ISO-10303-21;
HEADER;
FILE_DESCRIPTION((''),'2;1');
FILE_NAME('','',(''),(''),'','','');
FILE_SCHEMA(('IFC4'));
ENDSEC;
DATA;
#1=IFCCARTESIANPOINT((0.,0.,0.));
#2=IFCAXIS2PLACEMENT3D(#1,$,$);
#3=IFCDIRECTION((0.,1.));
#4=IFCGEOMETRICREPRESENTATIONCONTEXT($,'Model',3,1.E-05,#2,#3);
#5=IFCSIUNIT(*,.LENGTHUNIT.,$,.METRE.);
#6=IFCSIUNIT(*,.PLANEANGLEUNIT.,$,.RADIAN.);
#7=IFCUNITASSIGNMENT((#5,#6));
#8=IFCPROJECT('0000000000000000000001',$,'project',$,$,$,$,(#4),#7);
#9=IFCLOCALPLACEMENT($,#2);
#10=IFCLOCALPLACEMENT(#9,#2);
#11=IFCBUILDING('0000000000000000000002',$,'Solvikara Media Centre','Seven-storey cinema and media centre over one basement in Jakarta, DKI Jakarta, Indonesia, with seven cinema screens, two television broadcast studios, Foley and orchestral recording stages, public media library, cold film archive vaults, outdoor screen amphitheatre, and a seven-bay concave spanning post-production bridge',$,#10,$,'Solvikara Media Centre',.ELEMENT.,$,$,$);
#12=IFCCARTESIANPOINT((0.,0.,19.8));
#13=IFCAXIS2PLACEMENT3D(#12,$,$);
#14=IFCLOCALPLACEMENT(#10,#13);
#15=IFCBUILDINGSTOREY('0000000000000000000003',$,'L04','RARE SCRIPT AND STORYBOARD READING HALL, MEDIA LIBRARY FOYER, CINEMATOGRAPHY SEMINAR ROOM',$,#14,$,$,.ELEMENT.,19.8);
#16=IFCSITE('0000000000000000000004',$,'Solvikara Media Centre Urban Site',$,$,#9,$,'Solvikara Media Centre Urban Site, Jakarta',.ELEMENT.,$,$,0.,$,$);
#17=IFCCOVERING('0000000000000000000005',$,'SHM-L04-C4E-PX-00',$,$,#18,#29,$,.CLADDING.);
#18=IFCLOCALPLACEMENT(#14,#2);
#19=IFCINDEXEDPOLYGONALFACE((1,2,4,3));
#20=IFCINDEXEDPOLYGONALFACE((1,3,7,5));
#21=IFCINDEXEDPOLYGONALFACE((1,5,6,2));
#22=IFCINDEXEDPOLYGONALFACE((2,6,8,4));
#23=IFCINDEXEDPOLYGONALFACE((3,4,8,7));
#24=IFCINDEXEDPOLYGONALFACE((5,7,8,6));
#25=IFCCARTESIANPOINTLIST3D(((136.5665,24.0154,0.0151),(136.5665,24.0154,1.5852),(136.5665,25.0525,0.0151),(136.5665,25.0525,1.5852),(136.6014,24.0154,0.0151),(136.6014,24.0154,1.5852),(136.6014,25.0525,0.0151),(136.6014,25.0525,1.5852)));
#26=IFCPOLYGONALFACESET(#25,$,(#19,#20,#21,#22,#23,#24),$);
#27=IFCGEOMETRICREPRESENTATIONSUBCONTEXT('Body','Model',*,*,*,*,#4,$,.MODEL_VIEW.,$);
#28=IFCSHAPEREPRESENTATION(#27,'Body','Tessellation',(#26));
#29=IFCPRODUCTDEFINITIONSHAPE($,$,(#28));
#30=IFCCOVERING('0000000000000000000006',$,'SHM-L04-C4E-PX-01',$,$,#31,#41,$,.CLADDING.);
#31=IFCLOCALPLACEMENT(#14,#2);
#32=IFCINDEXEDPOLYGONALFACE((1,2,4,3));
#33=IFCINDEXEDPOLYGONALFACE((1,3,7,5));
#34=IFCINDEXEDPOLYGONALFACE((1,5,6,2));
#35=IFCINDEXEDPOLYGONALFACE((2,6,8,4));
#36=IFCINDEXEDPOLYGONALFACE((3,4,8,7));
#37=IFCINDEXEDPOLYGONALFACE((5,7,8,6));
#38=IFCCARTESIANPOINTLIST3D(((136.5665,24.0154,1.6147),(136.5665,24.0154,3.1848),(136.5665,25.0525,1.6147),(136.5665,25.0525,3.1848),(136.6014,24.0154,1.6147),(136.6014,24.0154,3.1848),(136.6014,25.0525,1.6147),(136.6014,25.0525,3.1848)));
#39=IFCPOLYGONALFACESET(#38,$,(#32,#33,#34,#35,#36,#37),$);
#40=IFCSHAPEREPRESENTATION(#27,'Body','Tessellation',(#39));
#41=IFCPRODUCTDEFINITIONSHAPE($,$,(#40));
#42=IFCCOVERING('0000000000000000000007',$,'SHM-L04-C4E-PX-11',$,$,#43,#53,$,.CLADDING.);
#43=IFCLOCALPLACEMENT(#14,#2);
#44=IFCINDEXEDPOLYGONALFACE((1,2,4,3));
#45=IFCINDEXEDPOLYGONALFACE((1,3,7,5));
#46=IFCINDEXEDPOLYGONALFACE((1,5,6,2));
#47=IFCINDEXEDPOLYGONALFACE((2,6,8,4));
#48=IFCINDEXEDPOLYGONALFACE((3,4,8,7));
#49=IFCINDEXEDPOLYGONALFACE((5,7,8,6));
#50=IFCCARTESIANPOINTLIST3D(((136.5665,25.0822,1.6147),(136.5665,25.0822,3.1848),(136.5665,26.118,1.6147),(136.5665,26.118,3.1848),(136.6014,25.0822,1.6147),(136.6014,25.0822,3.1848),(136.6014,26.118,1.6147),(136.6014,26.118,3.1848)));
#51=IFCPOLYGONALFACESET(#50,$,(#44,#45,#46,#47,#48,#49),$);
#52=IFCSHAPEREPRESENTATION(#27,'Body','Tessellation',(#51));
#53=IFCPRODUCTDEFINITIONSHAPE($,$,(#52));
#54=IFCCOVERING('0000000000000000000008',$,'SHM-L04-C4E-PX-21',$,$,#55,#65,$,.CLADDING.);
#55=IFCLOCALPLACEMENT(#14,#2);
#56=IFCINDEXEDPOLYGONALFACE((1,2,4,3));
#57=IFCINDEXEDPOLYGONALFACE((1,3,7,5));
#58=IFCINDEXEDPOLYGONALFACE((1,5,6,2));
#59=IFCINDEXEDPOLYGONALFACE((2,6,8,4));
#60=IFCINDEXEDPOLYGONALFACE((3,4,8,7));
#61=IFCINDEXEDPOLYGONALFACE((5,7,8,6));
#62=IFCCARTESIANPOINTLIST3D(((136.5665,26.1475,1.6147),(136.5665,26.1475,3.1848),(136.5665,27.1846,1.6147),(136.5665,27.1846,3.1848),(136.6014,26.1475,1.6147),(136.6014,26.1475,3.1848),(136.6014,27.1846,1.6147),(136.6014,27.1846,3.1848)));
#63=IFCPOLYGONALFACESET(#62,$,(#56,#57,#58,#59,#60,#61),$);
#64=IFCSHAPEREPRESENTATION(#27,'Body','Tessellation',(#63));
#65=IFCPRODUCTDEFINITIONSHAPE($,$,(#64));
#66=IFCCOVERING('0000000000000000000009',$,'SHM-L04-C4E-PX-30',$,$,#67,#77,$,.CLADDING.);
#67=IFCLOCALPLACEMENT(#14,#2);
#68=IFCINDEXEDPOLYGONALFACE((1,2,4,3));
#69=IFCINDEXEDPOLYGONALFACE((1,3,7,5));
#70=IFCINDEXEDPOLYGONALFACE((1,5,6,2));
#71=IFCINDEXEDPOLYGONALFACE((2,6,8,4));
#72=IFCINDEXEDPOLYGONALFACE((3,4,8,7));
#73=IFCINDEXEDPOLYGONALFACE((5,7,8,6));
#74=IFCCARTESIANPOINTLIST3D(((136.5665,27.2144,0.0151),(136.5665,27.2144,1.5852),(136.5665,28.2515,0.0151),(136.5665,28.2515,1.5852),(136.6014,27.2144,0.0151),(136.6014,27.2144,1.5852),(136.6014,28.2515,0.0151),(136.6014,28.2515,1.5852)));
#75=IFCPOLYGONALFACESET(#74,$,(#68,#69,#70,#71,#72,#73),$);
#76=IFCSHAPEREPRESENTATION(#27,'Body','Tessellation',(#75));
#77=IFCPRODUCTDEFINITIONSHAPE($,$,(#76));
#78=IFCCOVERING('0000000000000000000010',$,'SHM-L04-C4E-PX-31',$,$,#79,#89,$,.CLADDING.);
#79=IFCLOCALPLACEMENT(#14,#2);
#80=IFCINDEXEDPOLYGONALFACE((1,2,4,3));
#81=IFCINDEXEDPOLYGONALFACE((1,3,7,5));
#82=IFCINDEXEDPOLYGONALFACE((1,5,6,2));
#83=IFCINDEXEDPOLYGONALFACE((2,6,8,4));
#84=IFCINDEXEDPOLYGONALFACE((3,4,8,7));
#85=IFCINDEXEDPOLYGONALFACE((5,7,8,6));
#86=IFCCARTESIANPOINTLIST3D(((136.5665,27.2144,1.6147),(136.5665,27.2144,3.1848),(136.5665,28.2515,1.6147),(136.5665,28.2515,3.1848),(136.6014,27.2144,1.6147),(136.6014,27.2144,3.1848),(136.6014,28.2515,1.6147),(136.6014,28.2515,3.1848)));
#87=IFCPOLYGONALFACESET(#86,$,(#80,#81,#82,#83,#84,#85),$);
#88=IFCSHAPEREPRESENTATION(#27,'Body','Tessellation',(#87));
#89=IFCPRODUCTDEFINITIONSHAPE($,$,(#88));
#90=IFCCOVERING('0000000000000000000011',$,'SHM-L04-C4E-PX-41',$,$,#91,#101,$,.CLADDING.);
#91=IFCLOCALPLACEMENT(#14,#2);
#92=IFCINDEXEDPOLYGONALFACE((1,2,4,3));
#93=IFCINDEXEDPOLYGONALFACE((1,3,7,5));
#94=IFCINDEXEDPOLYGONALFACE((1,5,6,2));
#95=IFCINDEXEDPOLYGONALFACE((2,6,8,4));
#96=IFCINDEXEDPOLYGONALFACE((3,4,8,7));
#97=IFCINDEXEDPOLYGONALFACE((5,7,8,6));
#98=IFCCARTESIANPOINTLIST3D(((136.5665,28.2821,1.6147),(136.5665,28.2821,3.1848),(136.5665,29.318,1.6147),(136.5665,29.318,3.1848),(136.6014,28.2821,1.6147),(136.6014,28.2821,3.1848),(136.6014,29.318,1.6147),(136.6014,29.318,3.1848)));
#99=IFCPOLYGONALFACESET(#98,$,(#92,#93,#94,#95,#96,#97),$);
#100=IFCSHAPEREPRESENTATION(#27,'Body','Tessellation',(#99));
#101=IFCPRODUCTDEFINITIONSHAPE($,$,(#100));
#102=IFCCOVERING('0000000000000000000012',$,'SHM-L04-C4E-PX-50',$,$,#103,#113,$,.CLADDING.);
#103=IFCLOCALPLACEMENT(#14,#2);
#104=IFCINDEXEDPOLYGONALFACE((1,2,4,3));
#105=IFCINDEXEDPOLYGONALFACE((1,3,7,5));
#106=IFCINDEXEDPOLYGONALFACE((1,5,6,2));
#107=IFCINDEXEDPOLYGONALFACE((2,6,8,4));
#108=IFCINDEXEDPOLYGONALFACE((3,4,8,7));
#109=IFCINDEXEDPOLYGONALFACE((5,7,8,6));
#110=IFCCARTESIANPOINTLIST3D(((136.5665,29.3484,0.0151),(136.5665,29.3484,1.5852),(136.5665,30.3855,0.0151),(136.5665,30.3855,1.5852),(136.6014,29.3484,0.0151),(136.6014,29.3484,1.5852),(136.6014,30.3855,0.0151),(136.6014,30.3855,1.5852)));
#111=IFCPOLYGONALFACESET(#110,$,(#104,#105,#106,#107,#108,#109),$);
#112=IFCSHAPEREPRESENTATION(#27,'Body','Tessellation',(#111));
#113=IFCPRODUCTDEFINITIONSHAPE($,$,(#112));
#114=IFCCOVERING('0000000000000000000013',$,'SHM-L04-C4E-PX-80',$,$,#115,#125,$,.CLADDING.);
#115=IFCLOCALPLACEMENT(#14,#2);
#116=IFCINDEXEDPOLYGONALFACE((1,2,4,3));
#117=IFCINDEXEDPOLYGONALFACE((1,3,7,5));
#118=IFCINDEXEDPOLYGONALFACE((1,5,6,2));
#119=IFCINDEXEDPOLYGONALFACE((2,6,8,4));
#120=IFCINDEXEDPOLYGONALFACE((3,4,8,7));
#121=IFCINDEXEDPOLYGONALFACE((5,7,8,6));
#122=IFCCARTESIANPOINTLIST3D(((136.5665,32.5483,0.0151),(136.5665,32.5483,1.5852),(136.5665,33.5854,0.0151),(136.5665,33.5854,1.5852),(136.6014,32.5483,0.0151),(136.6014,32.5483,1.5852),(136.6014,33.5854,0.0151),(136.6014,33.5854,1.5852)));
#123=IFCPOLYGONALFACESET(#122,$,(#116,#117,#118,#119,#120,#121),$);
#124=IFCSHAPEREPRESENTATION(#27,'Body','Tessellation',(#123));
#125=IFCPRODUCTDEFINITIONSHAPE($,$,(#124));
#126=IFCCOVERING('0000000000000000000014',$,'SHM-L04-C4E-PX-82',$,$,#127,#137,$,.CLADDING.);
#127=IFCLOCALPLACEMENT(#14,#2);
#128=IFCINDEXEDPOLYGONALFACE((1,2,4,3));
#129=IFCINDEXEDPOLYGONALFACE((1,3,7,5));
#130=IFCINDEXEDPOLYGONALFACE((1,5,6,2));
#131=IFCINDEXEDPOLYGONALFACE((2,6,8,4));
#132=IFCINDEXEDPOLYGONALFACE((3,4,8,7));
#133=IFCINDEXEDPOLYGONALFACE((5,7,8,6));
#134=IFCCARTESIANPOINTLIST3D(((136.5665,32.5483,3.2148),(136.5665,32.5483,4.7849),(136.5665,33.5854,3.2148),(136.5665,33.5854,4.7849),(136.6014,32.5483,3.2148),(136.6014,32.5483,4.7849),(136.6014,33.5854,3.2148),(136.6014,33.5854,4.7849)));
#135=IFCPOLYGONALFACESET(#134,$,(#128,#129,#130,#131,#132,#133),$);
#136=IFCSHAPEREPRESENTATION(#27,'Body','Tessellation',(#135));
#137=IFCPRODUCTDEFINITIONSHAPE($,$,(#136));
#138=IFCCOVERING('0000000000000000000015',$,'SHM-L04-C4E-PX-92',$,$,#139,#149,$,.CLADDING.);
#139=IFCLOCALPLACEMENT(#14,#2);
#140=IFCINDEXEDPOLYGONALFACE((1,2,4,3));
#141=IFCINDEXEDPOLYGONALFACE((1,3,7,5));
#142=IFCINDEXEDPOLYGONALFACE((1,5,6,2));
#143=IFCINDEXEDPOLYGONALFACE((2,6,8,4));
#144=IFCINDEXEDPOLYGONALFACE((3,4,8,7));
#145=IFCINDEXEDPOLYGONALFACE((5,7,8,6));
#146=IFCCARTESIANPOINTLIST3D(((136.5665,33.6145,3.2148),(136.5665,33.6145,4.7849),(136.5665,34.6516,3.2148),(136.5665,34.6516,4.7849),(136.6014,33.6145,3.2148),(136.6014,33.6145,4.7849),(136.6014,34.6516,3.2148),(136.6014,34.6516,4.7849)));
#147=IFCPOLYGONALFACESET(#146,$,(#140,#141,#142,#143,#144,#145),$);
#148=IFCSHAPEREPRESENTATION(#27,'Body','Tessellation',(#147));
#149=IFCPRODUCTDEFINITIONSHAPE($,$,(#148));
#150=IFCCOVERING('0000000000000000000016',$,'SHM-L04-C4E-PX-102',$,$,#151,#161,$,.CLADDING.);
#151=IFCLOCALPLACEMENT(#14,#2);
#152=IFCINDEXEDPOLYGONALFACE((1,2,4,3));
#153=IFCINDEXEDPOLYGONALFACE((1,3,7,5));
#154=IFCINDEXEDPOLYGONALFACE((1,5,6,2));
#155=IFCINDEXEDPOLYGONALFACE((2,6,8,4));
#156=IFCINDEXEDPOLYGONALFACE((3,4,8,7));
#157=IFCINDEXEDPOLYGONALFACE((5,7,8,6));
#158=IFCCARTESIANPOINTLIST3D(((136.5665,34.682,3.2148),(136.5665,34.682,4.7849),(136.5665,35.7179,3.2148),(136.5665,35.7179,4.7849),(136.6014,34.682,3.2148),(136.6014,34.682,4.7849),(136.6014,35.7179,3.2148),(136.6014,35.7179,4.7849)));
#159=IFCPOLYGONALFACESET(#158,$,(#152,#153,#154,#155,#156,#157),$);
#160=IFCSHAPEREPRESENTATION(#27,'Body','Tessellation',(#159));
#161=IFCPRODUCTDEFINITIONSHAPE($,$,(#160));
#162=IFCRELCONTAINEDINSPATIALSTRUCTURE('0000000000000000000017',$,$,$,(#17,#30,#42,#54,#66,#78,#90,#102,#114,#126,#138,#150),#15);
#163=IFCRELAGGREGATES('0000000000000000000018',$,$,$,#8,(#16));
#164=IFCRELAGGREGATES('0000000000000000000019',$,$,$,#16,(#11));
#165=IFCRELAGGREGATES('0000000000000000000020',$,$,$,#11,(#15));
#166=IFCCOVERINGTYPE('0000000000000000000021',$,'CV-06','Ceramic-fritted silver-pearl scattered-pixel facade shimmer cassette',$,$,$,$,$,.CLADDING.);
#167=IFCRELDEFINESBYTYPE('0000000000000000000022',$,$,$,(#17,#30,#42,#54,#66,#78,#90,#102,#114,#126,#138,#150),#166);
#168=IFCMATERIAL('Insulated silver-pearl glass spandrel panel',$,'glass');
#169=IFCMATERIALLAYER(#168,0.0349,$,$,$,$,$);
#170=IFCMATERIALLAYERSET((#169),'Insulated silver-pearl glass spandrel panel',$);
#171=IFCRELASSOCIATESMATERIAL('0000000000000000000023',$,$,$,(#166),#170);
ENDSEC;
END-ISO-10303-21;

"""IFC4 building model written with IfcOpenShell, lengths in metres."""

from ifc_helpers import new_model, si_unit, direction, frame, origin, origin_2d, place, context, subcontext, project, spatial, rectangle, extrude, material, layer, layer_set, type_object, element, save


model = new_model("IFC4")

# Units and contexts
model_context = context("Model", 3, precision=1e-05, world=origin(), true_north=direction((0.0, 1.0)))
body_context = subcontext(model_context, "Body", "Model", "MODEL_VIEW")
ifc_project = project(units=[si_unit("LENGTHUNIT", "METRE"), si_unit("PLANEANGLEUNIT", "RADIAN")], contexts=[model_context])

# Site, building, storey
site_placement = place(None, origin())
site = spatial("IfcSite", under=ifc_project, at=site_placement, Name="Solvikara Media Centre Urban Site", LongName="Solvikara Media Centre Urban Site, Jakarta", CompositionType="ELEMENT", RefElevation=0.0)
building_placement = place(site_placement, origin())
building = spatial("IfcBuilding", under=site, at=building_placement, Name="Solvikara Media Centre", Description="Seven-storey cinema and media centre over one basement in Jakarta, DKI Jakarta, Indonesia, with seven cinema screens, two television broadcast studios, Foley and orchestral recording stages, public media library, cold film archive vaults, outdoor screen amphitheatre, and a seven-bay concave spanning post-production bridge", LongName="Solvikara Media Centre", CompositionType="ELEMENT")
storey_placement = place(building_placement, frame((0.0, 0.0, 19.8)))
storey = spatial("IfcBuildingStorey", under=building, at=storey_placement, Name="L04", Description="RARE SCRIPT AND STORYBOARD READING HALL, MEDIA LIBRARY FOYER, CINEMATOGRAPHY SEMINAR ROOM", CompositionType="ELEMENT", Elevation=19.8)

# Coverings
ifc_material_1 = material(Name="Insulated silver-pearl glass spandrel panel", Category="glass")
ifc_layer_1 = layer(ifc_material_1, 0.0349)
ifc_layer_set_1 = layer_set([ifc_layer_1], Name="Insulated silver-pearl glass spandrel panel")
covering_type_1 = type_object("IfcCoveringType", Name="CV-06", Description="Ceramic-fritted silver-pearl scattered-pixel facade shimmer cassette", PredefinedType="CLADDING", material=ifc_layer_set_1)
for number, where, z_axis, x_axis, name in (
    (1, (136.584, 24.5339, 0.0151), (0.0, 0.0, 1.0), (0.0, 1.0, 0.0), "SHM-L04-C4E-PX-00"),
    (2, (136.584, 24.5339, 1.6147), (0.0, 0.0, 1.0), (0.0, 1.0, 0.0), "SHM-L04-C4E-PX-01"),
):
    element("IfcCovering", number, at=place(storey_placement, frame(where, z_axis=z_axis, x_axis=x_axis)), inside=storey, type_object=covering_type_1, Name=name, PredefinedType="CLADDING", context=body_context, shape_type="SweptSolid", body=[
        extrude(rectangle(XDim=1.0371, YDim=0.0349, at=origin_2d()), origin(), (0.0, 0.0, 1.0), 1.5701),
    ])
covering_1_placement = place(storey_placement, frame((136.584, 25.6001, 1.6147), z_axis=(0.0, 0.0, 1.0), x_axis=(0.0, 1.0, 0.0)))
element("IfcCovering", 3, at=covering_1_placement, inside=storey, type_object=covering_type_1, Name="SHM-L04-C4E-PX-11", PredefinedType="CLADDING", context=body_context, shape_type="SweptSolid", body=[
    extrude(rectangle(XDim=1.0359, YDim=0.0349, at=origin_2d()), origin(), (0.0, 0.0, 1.0), 1.5701),
])
for number, where, z_axis, x_axis, name in (
    (4, (136.584, 26.666, 1.6147), (0.0, 0.0, 1.0), (0.0, 1.0, 0.0), "SHM-L04-C4E-PX-21"),
    (5, (136.584, 27.7329, 0.0151), (0.0, 0.0, 1.0), (0.0, 1.0, 0.0), "SHM-L04-C4E-PX-30"),
    (6, (136.584, 27.7329, 1.6147), (0.0, 0.0, 1.0), (0.0, 1.0, 0.0), "SHM-L04-C4E-PX-31"),
):
    element("IfcCovering", number, at=place(storey_placement, frame(where, z_axis=z_axis, x_axis=x_axis)), inside=storey, type_object=covering_type_1, Name=name, PredefinedType="CLADDING", context=body_context, shape_type="SweptSolid", body=[
        extrude(rectangle(XDim=1.0371, YDim=0.0349, at=origin_2d()), origin(), (0.0, 0.0, 1.0), 1.5701),
    ])
covering_2_placement = place(storey_placement, frame((136.584, 28.8, 1.6147), z_axis=(0.0, 0.0, 1.0), x_axis=(0.0, 1.0, 0.0)))
element("IfcCovering", 7, at=covering_2_placement, inside=storey, type_object=covering_type_1, Name="SHM-L04-C4E-PX-41", PredefinedType="CLADDING", context=body_context, shape_type="SweptSolid", body=[
    extrude(rectangle(XDim=1.0359, YDim=0.0349, at=origin_2d()), origin(), (0.0, 0.0, 1.0), 1.5701),
])
for number, where, z_axis, x_axis, name in (
    (8, (136.584, 29.8669, 0.0151), (0.0, 0.0, 1.0), (0.0, 1.0, 0.0), "SHM-L04-C4E-PX-50"),
    (9, (136.584, 33.0669, 0.0151), (0.0, 0.0, 1.0), (0.0, 1.0, 0.0), "SHM-L04-C4E-PX-80"),
    (10, (136.584, 33.0669, 3.2148), (0.0, 0.0, 1.0), (0.0, 1.0, 0.0), "SHM-L04-C4E-PX-82"),
    (11, (136.584, 34.1331, 3.2148), (0.0, 0.0, 1.0), (0.0, 1.0, 0.0), "SHM-L04-C4E-PX-92"),
):
    element("IfcCovering", number, at=place(storey_placement, frame(where, z_axis=z_axis, x_axis=x_axis)), inside=storey, type_object=covering_type_1, Name=name, PredefinedType="CLADDING", context=body_context, shape_type="SweptSolid", body=[
        extrude(rectangle(XDim=1.0371, YDim=0.0349, at=origin_2d()), origin(), (0.0, 0.0, 1.0), 1.5701),
    ])
covering_3_placement = place(storey_placement, frame((136.584, 35.2, 3.2148), z_axis=(0.0, 0.0, 1.0), x_axis=(0.0, 1.0, 0.0)))
element("IfcCovering", 12, at=covering_3_placement, inside=storey, type_object=covering_type_1, Name="SHM-L04-C4E-PX-102", PredefinedType="CLADDING", context=body_context, shape_type="SweptSolid", body=[
    extrude(rectangle(XDim=1.0359, YDim=0.0349, at=origin_2d()), origin(), (0.0, 0.0, 1.0), 1.5701),
])

save(model, "model.ifc")
